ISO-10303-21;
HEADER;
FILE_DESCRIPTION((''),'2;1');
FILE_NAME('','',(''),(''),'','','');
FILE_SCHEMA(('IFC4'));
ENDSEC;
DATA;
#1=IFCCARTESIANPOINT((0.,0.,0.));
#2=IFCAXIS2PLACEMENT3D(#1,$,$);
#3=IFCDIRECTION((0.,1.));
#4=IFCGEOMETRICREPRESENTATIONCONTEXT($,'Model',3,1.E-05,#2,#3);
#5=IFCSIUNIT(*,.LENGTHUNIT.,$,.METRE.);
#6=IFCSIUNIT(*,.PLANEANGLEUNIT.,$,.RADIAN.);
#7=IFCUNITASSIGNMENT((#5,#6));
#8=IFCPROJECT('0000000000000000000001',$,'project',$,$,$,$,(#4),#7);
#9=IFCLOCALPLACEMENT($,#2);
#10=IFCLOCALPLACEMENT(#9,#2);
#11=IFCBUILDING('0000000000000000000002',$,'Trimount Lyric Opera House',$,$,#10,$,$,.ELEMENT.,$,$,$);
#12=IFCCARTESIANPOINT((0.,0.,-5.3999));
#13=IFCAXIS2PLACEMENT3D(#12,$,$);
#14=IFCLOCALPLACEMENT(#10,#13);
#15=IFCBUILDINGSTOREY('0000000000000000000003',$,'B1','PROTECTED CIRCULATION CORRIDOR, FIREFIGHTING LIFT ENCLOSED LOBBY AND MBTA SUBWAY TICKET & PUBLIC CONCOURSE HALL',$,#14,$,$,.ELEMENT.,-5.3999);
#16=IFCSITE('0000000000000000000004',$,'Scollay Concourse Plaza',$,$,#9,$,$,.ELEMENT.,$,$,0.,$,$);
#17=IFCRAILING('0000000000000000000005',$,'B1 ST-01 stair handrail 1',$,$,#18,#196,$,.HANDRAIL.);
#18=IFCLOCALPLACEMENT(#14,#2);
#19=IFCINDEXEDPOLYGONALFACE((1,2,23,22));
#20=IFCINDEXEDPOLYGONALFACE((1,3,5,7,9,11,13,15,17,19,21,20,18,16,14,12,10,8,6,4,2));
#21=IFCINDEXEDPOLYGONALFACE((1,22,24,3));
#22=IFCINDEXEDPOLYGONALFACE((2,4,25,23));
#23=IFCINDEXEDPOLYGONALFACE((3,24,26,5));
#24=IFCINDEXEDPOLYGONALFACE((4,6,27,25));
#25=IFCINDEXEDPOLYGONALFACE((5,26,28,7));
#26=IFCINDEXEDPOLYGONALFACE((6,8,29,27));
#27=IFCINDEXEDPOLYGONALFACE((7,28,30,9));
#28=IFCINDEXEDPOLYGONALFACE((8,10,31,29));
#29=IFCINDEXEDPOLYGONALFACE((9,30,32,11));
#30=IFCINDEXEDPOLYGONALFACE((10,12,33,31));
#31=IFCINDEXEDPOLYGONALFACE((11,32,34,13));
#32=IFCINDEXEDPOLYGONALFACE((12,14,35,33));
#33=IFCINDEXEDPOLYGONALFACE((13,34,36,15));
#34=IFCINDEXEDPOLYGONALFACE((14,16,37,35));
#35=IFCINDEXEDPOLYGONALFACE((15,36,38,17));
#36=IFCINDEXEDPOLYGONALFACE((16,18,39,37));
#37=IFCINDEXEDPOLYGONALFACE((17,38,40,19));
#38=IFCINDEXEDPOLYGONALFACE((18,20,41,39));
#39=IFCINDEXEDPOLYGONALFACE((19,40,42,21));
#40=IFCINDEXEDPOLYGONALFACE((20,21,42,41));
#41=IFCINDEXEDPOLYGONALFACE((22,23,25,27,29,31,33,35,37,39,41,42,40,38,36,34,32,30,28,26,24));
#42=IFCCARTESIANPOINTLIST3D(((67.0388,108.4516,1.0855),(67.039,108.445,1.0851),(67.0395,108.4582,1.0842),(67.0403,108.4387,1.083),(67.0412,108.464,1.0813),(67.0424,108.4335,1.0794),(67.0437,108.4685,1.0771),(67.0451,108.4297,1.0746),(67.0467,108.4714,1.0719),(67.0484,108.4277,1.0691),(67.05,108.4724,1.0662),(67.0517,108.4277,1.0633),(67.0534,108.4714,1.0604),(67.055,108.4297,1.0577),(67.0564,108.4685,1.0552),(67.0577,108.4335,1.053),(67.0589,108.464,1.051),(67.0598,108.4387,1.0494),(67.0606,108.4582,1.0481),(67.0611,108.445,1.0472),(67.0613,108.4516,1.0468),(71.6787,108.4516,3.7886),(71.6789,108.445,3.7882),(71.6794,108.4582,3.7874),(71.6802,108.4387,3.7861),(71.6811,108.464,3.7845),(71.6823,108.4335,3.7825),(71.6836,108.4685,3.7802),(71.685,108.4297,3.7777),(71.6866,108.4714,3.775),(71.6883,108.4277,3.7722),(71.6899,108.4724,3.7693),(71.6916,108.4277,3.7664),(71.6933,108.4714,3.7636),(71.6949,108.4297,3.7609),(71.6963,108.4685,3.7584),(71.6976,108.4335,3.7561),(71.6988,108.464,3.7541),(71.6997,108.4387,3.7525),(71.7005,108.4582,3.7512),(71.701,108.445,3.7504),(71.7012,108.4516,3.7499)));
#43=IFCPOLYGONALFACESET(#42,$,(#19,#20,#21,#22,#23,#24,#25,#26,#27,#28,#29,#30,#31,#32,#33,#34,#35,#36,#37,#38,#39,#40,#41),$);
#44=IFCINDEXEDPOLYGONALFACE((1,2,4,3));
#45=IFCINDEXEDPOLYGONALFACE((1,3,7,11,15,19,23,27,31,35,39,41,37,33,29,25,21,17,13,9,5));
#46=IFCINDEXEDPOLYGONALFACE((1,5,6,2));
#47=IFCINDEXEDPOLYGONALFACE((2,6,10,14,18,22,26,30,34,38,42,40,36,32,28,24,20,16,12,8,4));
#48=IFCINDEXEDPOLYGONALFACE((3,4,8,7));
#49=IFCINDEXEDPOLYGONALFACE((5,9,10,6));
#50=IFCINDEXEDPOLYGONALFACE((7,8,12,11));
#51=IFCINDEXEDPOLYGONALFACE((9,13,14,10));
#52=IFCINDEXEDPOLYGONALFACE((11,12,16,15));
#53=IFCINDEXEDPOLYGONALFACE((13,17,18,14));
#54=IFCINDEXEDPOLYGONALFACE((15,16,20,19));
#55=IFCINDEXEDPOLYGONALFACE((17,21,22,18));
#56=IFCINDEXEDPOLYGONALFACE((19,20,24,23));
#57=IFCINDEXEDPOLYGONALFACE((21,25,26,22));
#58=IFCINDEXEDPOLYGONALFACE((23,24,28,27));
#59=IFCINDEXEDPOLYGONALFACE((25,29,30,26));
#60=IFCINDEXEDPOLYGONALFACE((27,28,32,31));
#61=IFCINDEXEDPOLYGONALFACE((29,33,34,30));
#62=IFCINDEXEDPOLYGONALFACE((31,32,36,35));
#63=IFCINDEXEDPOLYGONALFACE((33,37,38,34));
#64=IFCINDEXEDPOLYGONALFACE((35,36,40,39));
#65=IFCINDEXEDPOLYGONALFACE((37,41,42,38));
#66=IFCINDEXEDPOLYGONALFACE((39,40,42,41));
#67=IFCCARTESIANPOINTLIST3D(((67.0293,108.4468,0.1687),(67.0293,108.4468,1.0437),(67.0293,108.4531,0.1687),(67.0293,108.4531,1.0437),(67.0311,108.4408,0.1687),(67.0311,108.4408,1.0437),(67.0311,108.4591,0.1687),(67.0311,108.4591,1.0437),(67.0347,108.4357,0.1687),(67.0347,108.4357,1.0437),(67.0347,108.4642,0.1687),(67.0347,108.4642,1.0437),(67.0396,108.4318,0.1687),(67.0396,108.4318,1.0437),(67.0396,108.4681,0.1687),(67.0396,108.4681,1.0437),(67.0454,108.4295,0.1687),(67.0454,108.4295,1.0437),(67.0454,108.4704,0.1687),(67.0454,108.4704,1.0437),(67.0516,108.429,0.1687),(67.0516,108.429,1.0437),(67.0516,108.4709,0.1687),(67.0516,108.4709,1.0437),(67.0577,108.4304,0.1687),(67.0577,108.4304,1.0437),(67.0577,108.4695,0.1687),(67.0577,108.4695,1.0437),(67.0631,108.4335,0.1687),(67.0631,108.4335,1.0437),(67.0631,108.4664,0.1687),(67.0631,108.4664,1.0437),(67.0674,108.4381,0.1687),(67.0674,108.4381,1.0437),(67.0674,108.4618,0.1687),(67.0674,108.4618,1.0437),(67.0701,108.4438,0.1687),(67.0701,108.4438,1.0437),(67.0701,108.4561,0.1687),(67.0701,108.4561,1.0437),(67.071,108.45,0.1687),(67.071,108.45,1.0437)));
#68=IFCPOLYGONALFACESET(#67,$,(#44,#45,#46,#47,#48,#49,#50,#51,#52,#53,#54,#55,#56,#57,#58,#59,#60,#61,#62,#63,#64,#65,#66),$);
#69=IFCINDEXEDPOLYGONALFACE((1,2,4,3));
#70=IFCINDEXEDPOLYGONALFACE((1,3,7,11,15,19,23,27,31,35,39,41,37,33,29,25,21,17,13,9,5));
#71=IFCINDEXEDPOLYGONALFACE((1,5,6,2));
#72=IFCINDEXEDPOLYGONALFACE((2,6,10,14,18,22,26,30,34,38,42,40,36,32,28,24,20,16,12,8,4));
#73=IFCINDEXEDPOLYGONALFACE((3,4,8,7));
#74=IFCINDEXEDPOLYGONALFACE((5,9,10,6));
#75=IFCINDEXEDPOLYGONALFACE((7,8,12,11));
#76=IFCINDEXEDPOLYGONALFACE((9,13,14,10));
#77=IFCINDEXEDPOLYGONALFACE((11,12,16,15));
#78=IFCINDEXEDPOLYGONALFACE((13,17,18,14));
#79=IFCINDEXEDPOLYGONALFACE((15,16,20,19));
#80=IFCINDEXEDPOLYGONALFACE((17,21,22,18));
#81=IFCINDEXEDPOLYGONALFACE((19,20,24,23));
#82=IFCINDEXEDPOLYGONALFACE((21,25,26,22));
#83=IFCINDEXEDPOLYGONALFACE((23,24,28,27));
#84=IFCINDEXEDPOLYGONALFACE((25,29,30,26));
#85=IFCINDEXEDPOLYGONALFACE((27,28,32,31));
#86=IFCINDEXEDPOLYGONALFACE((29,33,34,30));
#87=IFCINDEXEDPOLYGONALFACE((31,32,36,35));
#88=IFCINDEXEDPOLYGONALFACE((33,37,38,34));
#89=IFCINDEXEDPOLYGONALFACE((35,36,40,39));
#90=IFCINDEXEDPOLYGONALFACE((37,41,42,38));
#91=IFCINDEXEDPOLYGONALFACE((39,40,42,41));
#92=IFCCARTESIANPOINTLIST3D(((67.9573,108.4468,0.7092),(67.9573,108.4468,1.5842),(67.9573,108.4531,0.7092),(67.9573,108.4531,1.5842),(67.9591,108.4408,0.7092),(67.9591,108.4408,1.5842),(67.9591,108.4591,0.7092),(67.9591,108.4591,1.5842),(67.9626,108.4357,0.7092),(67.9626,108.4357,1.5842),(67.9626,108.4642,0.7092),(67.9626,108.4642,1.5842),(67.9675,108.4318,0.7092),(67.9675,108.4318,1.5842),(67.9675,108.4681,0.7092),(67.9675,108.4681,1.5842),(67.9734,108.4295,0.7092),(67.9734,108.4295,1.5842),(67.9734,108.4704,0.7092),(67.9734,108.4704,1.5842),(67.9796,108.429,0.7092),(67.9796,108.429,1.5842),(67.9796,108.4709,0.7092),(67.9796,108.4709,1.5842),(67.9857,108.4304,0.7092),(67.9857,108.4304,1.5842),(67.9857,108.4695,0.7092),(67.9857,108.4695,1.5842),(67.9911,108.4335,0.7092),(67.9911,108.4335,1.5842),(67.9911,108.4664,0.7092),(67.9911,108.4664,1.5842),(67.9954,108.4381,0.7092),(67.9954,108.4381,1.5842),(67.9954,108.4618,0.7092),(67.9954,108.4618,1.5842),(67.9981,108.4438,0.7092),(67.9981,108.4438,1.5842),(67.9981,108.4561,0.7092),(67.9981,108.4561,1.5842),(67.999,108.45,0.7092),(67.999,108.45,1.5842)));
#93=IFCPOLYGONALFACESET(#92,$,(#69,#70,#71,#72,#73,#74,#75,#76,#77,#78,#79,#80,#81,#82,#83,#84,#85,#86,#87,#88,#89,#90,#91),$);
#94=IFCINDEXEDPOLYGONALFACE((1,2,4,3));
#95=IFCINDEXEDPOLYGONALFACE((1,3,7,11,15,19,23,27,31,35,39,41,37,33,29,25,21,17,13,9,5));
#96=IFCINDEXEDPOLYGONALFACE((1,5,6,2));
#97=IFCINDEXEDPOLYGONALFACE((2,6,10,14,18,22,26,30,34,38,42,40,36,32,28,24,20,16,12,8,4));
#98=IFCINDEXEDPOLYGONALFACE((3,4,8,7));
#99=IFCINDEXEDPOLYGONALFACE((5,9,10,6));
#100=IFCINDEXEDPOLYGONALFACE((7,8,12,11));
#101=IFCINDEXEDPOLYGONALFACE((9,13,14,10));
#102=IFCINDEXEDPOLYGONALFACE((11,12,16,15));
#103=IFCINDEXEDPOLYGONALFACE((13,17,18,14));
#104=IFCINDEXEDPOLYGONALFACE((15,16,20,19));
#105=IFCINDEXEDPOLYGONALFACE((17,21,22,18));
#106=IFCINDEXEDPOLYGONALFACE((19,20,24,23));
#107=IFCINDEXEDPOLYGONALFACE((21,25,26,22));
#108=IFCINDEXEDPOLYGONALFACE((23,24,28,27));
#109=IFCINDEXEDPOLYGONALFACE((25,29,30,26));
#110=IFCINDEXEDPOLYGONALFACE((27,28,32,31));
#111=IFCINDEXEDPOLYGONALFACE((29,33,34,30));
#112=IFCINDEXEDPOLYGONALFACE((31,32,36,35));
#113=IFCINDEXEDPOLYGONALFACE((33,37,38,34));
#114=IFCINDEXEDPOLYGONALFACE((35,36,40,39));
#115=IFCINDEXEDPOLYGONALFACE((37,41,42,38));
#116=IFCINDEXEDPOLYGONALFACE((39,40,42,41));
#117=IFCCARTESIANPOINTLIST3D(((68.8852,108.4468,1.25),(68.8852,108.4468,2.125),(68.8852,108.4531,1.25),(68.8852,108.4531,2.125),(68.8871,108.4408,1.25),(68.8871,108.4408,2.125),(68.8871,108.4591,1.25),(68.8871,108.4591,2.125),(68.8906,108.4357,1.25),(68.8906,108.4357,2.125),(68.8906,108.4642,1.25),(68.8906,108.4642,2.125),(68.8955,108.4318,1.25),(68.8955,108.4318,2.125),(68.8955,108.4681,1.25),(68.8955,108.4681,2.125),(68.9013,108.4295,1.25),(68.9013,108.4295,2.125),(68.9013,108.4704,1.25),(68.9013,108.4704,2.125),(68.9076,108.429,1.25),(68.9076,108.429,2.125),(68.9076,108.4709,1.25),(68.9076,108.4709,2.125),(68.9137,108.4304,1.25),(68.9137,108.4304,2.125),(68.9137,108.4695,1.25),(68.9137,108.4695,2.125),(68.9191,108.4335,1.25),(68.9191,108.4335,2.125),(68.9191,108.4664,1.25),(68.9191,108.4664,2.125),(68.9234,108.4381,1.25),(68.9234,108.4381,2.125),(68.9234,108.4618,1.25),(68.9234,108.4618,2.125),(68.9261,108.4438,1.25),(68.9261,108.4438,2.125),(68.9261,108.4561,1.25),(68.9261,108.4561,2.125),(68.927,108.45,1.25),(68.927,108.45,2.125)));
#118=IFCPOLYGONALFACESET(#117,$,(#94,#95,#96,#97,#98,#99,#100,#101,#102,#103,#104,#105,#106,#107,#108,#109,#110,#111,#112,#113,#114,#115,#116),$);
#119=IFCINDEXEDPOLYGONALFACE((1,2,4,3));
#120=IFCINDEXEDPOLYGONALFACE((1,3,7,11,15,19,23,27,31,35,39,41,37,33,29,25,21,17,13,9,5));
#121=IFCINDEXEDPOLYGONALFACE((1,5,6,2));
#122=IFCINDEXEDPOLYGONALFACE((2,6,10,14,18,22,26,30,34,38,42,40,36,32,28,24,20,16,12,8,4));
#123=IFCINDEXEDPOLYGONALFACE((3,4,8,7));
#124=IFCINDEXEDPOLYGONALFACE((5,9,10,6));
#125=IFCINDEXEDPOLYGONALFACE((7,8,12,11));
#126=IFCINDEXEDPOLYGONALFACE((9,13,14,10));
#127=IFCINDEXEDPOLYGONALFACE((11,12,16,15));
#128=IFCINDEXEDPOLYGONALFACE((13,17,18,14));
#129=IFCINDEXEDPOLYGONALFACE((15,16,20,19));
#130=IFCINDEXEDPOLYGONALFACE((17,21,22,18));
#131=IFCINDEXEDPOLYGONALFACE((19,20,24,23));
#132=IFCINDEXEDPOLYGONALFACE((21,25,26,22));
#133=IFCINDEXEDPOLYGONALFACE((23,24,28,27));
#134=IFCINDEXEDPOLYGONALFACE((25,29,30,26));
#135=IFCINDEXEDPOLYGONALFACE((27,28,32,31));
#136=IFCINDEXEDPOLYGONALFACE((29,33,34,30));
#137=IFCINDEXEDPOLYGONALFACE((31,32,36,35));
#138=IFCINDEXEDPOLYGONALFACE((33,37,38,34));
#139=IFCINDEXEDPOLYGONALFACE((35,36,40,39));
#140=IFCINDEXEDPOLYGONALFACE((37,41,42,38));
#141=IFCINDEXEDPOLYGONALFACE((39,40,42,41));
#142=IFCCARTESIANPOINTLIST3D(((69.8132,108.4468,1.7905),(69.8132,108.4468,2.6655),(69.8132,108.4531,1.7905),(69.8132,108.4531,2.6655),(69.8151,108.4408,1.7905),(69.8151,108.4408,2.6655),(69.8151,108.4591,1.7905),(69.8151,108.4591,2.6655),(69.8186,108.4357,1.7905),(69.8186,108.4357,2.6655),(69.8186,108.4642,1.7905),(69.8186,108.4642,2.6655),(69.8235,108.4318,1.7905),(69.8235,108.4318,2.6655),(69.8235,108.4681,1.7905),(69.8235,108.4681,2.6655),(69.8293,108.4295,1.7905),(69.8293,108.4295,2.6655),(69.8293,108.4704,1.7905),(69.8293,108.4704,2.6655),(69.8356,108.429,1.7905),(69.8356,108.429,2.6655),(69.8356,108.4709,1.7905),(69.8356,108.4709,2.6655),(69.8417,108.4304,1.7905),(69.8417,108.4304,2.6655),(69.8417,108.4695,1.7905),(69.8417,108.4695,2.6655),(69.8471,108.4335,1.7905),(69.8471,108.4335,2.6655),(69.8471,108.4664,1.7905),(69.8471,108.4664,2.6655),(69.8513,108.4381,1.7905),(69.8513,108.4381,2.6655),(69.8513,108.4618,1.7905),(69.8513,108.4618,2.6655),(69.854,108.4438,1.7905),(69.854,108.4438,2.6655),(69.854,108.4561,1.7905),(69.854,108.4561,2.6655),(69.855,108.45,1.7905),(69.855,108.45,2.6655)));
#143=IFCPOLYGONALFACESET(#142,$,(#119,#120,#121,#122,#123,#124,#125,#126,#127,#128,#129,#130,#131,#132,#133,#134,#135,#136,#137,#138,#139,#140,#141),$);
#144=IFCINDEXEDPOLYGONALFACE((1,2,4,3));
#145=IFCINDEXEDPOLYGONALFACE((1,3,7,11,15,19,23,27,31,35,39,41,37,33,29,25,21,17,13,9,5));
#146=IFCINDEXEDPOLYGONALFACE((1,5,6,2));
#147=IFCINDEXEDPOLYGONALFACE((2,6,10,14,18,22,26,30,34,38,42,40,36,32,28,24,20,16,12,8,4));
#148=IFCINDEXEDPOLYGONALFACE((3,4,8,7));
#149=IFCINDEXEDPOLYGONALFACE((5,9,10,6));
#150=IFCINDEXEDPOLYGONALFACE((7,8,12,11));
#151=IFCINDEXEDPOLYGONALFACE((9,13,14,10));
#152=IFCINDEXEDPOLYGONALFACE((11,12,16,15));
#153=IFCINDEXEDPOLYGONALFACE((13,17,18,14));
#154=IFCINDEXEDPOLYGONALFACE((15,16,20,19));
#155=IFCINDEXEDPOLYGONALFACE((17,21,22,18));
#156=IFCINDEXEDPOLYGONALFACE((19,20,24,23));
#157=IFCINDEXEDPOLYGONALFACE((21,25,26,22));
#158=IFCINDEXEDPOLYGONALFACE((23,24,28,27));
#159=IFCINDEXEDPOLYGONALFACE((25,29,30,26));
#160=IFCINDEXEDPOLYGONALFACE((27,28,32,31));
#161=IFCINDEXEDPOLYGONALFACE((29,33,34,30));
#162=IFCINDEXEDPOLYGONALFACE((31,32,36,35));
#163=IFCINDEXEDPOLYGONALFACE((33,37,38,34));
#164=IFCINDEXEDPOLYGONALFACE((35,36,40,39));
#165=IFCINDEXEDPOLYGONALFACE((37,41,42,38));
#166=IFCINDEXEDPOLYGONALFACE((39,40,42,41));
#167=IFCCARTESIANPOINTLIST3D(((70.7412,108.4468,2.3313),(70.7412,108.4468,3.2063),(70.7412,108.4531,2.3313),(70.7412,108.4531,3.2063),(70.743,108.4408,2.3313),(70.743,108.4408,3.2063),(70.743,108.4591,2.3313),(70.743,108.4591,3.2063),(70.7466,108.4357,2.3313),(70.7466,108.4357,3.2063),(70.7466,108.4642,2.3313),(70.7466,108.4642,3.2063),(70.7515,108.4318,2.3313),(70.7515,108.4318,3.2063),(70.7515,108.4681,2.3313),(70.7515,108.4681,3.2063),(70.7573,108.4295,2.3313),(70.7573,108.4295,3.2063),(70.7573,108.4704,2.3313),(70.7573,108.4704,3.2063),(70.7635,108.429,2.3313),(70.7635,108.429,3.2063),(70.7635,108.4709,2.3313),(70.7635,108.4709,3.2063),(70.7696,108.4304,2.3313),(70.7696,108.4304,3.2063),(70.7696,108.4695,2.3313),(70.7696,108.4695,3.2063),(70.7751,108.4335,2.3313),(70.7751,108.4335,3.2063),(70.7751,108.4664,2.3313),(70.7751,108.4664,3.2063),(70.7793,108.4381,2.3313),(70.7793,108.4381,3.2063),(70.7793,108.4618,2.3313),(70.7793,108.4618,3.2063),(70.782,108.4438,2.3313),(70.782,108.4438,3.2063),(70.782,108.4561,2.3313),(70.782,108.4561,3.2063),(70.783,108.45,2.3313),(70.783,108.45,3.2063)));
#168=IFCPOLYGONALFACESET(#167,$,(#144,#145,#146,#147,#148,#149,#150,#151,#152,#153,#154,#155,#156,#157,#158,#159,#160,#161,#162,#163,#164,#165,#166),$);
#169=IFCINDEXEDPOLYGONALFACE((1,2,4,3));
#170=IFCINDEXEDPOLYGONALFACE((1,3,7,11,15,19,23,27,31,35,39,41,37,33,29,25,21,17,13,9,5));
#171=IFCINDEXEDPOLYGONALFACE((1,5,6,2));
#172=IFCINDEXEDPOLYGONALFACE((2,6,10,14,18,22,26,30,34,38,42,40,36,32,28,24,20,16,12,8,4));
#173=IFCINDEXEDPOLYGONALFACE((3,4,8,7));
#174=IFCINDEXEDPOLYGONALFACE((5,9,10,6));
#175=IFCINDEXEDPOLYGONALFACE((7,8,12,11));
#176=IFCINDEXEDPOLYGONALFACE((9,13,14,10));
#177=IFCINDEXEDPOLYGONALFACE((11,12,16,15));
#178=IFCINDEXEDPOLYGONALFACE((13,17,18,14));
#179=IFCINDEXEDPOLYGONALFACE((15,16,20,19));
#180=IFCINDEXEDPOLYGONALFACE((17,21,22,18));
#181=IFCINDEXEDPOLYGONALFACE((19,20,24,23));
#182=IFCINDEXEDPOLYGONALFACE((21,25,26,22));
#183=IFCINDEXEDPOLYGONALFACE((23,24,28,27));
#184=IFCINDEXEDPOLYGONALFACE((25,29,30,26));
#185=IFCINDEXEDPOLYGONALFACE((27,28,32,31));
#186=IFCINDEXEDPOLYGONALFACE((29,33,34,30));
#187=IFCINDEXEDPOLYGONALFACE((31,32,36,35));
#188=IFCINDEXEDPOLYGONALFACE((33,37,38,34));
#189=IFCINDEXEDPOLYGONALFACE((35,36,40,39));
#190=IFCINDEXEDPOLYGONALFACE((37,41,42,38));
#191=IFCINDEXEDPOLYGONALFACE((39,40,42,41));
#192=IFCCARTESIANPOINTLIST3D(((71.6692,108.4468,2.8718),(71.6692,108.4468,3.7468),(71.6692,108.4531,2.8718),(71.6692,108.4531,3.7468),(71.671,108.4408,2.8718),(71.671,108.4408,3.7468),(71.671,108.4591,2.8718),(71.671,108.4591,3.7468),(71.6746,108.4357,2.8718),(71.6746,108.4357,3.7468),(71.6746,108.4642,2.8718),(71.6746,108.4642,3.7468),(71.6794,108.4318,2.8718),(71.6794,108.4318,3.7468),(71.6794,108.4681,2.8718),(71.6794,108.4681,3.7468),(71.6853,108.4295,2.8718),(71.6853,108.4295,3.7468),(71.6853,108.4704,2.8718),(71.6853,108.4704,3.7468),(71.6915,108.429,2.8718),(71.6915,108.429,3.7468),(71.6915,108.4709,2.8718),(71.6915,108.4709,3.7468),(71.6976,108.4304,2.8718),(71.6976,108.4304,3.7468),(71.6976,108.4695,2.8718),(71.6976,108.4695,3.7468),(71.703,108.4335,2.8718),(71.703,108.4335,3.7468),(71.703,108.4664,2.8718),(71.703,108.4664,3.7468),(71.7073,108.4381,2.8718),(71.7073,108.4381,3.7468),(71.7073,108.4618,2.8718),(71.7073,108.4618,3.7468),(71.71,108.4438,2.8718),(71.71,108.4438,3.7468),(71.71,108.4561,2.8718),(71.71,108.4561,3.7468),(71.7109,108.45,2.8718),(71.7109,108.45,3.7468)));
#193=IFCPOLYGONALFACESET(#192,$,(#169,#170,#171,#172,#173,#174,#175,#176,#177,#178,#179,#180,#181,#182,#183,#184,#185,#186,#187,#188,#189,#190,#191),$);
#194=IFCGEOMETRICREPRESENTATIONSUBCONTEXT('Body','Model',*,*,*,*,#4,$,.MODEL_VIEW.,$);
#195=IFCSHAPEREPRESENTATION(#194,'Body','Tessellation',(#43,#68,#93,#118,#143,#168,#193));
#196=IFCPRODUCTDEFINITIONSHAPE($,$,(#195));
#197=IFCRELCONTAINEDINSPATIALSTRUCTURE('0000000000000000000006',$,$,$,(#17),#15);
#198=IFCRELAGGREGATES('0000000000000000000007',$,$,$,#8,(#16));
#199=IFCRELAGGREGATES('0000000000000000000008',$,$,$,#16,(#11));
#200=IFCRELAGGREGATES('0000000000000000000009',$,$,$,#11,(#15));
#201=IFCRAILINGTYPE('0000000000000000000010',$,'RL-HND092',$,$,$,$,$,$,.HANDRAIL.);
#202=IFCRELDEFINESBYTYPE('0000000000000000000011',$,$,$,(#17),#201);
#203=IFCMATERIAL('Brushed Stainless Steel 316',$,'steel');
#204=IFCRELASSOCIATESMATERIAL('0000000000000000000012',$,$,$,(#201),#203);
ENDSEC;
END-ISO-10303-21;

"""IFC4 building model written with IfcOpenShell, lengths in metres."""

from ifc_helpers import new_model, si_unit, direction, frame, origin, origin_2d, place, context, subcontext, project, spatial, circle, extrude, material, type_object, element, save


model = new_model("IFC4")

# Units and contexts
model_context = context("Model", 3, precision=1e-05, world=origin(), true_north=direction((0.0, 1.0)))
body_context = subcontext(model_context, "Body", "Model", "MODEL_VIEW")
ifc_project = project(units=[si_unit("LENGTHUNIT", "METRE"), si_unit("PLANEANGLEUNIT", "RADIAN")], contexts=[model_context])

# Site, building, storey
site_placement = place(None, origin())
site = spatial("IfcSite", under=ifc_project, at=site_placement, Name="Scollay Concourse Plaza", CompositionType="ELEMENT", RefElevation=0.0)
building_placement = place(site_placement, origin())
building = spatial("IfcBuilding", under=site, at=building_placement, Name="Trimount Lyric Opera House", CompositionType="ELEMENT")
storey_placement = place(building_placement, frame((0.0, 0.0, -5.3999)))
storey = spatial("IfcBuildingStorey", under=building, at=storey_placement, Name="B1", Description="PROTECTED CIRCULATION CORRIDOR, FIREFIGHTING LIFT ENCLOSED LOBBY AND MBTA SUBWAY TICKET & PUBLIC CONCOURSE HALL", CompositionType="ELEMENT", Elevation=-5.3999)

# Railing
ifc_material_1 = material(Name="Brushed Stainless Steel 316", Category="steel")
railing_type_1 = type_object("IfcRailingType", Name="RL-HND092", PredefinedType="HANDRAIL", material=ifc_material_1)
railing_1_placement = place(storey_placement, frame((67.05, 108.45, 0.1687)))
element("IfcRailing", 1, at=railing_1_placement, inside=storey, type_object=railing_type_1, Name="B1 ST-01 stair handrail 1", PredefinedType="HANDRAIL", context=body_context, shape_type="SweptSolid", body=[
    extrude(circle(Radius=0.0225, at=origin_2d()), frame((0.0, 0.0, 0.8975), z_axis=(0.864061, 0.0, 0.503388), x_axis=(0.0, 1.0, 0.0)), (0.0, 0.0, 1.0), 5.3699),
    extrude(circle(Radius=0.021, at=origin_2d()), origin(), (0.0, 0.0, 1.0), 0.875),
    extrude(circle(Radius=0.021, at=origin_2d()), frame((0.928, 0.0, 0.5405)), (0.0, 0.0, 1.0), 0.875),
    extrude(circle(Radius=0.021, at=origin_2d()), frame((1.856, 0.0, 1.0813)), (0.0, 0.0, 1.0), 0.875),
    extrude(circle(Radius=0.021, at=origin_2d()), frame((2.7839, 0.0, 1.6218)), (0.0, 0.0, 1.0), 0.875),
    extrude(circle(Radius=0.021, at=origin_2d()), frame((3.7119, 0.0, 2.1626)), (0.0, 0.0, 1.0), 0.875),
    extrude(circle(Radius=0.021, at=origin_2d()), frame((4.6399, 0.0, 2.7031)), (0.0, 0.0, 1.0), 0.875),
])

save(model, "model.ifc")
